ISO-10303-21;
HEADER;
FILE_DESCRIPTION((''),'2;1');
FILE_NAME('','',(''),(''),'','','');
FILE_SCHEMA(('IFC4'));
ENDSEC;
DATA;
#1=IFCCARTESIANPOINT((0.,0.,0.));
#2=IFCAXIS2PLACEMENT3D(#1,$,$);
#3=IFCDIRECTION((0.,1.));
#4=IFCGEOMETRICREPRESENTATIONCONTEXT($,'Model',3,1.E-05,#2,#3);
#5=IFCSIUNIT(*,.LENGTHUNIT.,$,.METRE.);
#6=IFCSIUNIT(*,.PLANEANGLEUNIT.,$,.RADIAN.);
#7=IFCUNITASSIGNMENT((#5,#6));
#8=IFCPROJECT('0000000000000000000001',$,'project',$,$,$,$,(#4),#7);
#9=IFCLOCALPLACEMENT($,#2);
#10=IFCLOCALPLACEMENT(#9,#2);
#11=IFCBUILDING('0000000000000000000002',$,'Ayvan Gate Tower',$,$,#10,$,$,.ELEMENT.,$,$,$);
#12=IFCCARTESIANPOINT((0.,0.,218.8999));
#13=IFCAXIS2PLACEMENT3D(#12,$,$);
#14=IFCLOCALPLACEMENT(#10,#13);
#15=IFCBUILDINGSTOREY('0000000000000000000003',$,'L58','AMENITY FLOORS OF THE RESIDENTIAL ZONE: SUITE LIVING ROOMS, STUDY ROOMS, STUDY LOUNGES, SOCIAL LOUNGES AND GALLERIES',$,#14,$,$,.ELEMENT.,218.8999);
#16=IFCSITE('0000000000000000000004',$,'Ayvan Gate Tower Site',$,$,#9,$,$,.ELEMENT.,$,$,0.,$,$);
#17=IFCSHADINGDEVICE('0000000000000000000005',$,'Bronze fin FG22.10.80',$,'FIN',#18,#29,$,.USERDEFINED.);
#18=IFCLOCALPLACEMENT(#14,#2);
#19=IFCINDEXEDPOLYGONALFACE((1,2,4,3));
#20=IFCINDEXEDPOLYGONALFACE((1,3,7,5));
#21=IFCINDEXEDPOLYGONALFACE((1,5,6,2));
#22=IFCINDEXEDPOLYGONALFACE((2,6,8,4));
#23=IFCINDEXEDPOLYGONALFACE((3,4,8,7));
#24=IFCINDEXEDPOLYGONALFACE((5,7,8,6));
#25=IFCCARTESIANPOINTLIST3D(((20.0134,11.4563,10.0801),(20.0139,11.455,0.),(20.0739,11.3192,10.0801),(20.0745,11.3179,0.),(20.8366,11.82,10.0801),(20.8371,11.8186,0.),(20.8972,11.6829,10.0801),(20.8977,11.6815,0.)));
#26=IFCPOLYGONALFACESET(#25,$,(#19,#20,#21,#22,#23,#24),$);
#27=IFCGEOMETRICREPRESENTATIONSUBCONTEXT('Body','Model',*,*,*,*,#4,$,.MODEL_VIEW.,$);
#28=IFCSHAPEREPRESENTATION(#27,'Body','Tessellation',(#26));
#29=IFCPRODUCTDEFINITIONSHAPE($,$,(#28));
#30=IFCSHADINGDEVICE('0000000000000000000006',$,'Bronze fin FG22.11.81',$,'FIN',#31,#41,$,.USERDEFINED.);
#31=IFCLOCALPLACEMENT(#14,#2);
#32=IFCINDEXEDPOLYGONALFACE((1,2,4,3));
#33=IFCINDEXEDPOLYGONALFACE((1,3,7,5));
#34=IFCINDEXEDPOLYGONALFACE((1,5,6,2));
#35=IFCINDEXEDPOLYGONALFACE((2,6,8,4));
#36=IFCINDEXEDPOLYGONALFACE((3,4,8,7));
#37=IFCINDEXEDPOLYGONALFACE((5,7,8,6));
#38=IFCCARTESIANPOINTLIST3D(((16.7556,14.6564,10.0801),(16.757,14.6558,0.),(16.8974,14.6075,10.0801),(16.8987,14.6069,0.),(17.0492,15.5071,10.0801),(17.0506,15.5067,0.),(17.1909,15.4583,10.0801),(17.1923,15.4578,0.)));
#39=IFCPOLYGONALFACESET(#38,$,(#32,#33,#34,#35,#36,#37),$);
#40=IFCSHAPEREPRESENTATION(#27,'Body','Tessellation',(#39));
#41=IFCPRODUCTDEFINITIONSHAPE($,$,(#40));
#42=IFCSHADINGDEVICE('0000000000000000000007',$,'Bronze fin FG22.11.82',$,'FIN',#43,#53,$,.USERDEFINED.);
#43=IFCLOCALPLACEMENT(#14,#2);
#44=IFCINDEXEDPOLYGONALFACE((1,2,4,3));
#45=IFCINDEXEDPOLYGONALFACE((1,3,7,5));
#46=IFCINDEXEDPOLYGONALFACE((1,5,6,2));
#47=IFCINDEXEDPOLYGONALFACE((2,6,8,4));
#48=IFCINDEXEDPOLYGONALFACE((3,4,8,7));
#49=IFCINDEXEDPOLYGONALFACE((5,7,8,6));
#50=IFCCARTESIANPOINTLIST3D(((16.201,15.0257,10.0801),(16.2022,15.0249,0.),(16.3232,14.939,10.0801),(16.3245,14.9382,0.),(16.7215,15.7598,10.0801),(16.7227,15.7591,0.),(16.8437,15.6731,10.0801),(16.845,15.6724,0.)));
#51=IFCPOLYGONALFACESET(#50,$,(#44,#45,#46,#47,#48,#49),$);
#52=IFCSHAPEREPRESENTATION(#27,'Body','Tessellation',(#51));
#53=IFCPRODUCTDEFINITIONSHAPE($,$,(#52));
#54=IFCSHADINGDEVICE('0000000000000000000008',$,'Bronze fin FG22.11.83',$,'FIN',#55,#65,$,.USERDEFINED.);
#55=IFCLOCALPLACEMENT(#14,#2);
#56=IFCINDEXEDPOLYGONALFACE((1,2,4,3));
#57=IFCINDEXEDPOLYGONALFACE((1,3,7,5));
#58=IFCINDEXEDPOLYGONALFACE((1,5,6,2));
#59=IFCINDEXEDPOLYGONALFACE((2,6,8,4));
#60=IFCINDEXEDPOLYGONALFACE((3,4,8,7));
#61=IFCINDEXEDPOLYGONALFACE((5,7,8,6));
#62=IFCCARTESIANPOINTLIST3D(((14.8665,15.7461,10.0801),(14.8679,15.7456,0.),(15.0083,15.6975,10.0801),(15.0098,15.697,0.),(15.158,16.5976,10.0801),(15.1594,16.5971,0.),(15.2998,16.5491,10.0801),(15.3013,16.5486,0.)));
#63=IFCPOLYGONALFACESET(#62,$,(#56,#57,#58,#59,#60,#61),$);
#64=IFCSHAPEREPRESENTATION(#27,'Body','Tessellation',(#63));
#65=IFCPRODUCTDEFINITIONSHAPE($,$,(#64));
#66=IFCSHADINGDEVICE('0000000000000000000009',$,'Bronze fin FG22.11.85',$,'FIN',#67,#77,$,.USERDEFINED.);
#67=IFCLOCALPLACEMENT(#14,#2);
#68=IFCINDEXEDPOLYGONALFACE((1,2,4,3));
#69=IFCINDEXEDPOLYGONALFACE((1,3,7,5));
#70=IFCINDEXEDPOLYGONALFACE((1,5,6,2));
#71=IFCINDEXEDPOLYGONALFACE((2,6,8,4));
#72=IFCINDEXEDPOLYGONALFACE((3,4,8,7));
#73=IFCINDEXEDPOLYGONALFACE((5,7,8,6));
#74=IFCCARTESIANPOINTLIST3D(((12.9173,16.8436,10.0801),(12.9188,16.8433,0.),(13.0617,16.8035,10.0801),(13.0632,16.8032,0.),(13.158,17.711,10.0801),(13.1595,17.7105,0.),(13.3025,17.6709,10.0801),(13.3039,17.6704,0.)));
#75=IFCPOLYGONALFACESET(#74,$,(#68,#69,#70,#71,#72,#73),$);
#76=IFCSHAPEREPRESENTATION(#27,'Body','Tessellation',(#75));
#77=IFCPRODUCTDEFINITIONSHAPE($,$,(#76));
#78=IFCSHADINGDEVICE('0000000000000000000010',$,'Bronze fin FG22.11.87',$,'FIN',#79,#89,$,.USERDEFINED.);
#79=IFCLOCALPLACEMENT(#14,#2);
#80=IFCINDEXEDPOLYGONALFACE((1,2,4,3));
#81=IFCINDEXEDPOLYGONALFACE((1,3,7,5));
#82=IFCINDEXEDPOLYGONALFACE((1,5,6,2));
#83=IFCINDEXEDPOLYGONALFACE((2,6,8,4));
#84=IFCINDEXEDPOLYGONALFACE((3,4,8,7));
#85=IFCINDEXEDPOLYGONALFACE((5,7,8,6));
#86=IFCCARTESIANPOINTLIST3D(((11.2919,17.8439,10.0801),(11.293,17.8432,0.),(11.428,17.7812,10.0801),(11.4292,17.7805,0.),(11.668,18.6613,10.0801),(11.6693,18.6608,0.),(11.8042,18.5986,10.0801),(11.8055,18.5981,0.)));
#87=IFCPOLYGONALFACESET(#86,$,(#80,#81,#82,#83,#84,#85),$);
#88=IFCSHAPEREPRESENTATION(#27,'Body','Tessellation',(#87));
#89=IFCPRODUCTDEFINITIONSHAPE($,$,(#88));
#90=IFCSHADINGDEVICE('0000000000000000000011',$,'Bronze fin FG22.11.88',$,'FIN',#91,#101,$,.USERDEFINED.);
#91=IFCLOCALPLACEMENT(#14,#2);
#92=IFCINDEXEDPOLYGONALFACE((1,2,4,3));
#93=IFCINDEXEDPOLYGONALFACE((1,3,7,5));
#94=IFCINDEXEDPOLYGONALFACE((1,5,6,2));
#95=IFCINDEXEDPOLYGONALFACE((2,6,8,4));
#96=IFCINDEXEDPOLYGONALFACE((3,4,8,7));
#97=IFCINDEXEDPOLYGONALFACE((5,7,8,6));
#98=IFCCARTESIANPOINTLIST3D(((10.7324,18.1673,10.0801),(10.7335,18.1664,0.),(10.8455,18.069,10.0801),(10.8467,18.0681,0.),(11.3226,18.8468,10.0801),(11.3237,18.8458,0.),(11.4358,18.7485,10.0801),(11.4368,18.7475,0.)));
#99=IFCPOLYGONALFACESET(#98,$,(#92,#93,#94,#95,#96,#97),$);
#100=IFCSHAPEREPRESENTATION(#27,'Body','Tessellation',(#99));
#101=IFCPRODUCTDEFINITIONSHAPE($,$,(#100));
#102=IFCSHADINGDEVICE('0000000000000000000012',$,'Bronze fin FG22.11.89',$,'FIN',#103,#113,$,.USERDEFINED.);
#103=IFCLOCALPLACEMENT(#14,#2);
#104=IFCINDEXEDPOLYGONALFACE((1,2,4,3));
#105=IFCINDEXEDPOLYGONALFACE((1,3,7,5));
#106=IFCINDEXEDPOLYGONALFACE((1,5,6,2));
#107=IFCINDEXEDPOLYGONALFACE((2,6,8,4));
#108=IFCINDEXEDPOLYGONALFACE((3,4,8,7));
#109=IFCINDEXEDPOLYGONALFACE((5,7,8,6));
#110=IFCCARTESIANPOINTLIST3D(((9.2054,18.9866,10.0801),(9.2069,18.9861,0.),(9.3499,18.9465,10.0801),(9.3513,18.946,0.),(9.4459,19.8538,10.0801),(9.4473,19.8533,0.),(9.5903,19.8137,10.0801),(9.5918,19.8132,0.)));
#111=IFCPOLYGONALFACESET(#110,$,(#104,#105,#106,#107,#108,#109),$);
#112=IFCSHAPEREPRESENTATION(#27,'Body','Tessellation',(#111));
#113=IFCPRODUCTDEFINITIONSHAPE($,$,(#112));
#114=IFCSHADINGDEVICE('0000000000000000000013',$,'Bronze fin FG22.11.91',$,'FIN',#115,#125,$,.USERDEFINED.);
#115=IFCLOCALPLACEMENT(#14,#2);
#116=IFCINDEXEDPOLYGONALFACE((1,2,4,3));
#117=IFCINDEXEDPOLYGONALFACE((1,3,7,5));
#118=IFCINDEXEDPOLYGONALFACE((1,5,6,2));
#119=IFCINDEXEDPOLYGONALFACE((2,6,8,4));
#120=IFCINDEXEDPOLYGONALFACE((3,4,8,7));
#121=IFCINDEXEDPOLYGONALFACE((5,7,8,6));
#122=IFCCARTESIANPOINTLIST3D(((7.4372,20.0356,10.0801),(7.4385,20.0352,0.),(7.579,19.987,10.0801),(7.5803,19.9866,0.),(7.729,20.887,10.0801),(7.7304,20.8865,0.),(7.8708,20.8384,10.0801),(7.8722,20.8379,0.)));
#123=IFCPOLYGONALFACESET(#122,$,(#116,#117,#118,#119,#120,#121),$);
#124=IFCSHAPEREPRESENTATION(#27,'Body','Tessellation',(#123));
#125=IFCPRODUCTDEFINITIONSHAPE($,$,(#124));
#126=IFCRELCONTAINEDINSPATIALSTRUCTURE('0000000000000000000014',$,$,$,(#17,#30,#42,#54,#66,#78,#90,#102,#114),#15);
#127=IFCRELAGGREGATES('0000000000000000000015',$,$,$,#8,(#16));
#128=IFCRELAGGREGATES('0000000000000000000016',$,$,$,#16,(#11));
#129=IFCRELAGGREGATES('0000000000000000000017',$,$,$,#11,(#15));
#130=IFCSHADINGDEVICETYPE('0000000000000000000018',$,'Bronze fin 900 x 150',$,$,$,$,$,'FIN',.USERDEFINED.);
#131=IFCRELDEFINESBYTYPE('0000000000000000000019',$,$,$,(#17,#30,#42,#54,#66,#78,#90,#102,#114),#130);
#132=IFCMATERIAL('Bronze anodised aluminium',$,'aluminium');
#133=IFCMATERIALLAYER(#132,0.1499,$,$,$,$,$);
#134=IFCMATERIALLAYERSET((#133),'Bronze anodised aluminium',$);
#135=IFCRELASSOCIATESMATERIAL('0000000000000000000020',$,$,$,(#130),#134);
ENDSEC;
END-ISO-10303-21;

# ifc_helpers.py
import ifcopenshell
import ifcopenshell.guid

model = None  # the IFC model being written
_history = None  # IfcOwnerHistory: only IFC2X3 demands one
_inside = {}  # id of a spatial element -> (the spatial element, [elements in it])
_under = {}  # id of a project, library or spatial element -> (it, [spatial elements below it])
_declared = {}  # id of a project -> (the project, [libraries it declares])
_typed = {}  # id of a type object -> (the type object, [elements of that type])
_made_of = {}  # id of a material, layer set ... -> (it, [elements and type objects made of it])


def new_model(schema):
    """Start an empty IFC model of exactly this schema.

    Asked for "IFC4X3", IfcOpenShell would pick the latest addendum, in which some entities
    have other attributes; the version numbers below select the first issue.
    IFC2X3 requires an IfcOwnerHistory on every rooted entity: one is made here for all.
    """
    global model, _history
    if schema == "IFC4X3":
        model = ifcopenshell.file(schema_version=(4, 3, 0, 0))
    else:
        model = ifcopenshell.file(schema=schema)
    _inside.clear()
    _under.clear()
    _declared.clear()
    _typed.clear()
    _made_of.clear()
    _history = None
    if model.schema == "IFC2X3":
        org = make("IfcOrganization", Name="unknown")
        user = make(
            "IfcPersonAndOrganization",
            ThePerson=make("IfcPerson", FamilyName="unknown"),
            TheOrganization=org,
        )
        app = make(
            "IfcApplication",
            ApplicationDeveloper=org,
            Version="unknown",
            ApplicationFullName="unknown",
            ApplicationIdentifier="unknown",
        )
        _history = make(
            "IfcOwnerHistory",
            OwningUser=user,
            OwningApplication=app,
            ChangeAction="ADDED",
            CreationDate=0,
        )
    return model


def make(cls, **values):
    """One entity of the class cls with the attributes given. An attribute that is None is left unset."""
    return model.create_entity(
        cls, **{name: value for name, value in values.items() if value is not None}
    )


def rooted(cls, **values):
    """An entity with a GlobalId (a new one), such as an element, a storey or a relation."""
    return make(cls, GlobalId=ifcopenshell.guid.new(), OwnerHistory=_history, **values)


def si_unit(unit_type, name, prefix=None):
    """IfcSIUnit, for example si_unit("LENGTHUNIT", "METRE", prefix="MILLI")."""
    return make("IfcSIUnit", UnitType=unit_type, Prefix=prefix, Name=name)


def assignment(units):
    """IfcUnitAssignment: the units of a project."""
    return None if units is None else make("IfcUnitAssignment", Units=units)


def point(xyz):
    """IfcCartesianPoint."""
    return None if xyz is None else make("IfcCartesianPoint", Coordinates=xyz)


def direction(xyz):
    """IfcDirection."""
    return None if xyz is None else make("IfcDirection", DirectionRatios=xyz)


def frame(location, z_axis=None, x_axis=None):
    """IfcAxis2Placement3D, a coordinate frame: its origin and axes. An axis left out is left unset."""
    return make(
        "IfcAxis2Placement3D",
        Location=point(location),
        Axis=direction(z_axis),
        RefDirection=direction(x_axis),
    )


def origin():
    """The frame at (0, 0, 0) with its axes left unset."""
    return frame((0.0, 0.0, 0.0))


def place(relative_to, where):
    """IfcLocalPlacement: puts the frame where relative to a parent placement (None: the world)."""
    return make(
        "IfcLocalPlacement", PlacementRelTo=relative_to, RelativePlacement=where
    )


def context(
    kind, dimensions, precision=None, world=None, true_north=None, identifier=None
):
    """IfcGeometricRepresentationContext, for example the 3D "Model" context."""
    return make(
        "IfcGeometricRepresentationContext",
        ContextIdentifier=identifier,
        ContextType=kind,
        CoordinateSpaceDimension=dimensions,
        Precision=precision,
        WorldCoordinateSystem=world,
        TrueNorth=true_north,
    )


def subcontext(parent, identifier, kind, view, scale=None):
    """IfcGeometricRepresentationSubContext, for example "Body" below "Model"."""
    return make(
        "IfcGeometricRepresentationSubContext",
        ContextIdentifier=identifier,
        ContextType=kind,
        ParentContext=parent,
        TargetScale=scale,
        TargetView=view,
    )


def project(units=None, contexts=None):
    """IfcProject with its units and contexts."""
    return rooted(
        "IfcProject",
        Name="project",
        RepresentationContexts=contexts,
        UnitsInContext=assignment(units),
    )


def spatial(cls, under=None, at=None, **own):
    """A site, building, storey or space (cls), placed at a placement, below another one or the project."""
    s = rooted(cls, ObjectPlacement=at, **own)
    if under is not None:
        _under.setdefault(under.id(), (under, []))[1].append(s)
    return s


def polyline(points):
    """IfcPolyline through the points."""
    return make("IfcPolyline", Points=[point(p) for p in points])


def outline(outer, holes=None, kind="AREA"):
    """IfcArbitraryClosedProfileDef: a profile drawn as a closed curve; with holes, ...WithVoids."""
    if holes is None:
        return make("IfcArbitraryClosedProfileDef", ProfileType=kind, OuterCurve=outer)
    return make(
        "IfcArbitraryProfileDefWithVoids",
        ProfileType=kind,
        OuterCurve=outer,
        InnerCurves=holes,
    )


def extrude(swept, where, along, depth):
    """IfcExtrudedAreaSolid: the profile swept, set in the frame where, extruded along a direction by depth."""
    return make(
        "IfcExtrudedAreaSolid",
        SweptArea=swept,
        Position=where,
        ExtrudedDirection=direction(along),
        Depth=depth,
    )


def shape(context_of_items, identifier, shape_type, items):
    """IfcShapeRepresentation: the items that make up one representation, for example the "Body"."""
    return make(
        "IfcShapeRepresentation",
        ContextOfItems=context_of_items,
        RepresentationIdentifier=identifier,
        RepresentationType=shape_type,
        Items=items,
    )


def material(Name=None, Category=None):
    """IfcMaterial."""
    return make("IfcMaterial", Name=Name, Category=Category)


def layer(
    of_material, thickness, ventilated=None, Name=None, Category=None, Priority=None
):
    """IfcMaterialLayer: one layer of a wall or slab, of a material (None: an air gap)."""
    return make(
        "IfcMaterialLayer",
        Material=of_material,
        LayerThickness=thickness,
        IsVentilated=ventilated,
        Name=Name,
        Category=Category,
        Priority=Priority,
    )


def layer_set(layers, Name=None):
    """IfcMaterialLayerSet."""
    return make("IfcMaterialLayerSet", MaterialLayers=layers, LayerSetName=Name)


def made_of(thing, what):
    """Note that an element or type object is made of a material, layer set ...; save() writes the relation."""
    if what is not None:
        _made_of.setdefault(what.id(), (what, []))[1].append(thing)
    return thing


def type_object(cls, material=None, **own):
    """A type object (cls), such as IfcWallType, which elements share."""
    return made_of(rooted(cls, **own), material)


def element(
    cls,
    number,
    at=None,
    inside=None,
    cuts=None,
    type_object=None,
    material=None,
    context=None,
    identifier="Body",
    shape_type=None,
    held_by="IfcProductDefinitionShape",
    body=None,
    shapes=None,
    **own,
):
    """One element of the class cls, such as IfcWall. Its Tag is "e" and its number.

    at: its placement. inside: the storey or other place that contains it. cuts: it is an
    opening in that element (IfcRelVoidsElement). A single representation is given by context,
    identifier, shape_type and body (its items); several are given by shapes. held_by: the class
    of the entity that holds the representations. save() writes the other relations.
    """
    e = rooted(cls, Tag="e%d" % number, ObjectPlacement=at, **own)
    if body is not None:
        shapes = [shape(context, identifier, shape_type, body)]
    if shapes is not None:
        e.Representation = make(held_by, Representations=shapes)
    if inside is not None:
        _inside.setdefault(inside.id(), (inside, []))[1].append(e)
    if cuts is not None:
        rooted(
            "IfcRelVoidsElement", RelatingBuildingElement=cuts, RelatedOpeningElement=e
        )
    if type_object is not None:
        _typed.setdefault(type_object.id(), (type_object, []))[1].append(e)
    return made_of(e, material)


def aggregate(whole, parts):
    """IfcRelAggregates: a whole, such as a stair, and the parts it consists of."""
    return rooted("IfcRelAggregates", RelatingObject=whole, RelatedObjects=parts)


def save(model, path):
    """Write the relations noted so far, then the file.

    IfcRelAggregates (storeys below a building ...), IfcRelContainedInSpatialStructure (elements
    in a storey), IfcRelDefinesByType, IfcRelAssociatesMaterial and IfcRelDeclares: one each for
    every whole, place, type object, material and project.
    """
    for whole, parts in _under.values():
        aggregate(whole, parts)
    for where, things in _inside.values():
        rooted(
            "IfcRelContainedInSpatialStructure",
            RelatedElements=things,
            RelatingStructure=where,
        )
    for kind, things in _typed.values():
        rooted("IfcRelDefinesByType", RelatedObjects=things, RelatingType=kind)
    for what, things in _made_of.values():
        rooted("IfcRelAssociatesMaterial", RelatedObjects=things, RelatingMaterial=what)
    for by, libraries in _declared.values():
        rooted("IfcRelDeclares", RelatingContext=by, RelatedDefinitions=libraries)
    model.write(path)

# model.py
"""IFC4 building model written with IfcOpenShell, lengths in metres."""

from ifc_helpers import new_model, si_unit, direction, frame, origin, place, context, subcontext, project, spatial, polyline, outline, extrude, material, layer, layer_set, type_object, element, save


model = new_model("IFC4")

# Units and contexts
model_context = context("Model", 3, precision=1e-05, world=origin(), true_north=direction((0.0, 1.0)))
body_context = subcontext(model_context, "Body", "Model", "MODEL_VIEW")
ifc_project = project(units=[si_unit("LENGTHUNIT", "METRE"), si_unit("PLANEANGLEUNIT", "RADIAN")], contexts=[model_context])

# Site, building, storey
site_placement = place(None, origin())
site = spatial("IfcSite", under=ifc_project, at=site_placement, Name="Ayvan Gate Tower Site", CompositionType="ELEMENT", RefElevation=0.0)
building_placement = place(site_placement, origin())
building = spatial("IfcBuilding", under=site, at=building_placement, Name="Ayvan Gate Tower", CompositionType="ELEMENT")
storey_placement = place(building_placement, frame((0.0, 0.0, 218.8999)))
storey = spatial("IfcBuildingStorey", under=building, at=storey_placement, Name="L58", Description="AMENITY FLOORS OF THE RESIDENTIAL ZONE: SUITE LIVING ROOMS, STUDY ROOMS, STUDY LOUNGES, SOCIAL LOUNGES AND GALLERIES", CompositionType="ELEMENT", Elevation=218.8999)

# Shared definitions
ifc_material_1 = material(Name="Bronze anodised aluminium", Category="aluminium")

# Shading devices
ifc_layer_1 = layer(ifc_material_1, 0.1499)
ifc_layer_set_1 = layer_set([ifc_layer_1], Name="Bronze anodised aluminium")
shading_device_type = type_object("IfcShadingDeviceType", Name="Bronze fin 900 x 150", ElementType="FIN", PredefinedType="USERDEFINED", material=ifc_layer_set_1)
shading_device_1_placement = place(storey_placement, frame((20.0745, 11.3179, 0.0), z_axis=(0.404061, -0.914732, 0.000141), x_axis=(0.914732, 0.404061, 0.0)))
element("IfcShadingDevice", 1, at=shading_device_1_placement, inside=storey, type_object=shading_device_type, Name="Bronze fin FG22.10.80", ObjectType="FIN", PredefinedType="USERDEFINED", context=body_context, shape_type="SweptSolid", body=[
    extrude(outline(polyline([(0.0, 0.0), (0.8999, 0.0), (0.9001, 10.0801), (0.0, 10.0801), (0.0, 0.0)])), origin(), (0.0, 0.0, -1.0), 0.1499),
])
shading_device_2_placement = place(storey_placement, frame((16.8987, 14.6069, 0.0), z_axis=(0.945308, -0.326179, 0.000142), x_axis=(0.326179, 0.945308, 0.0)))
element("IfcShadingDevice", 2, at=shading_device_2_placement, inside=storey, type_object=shading_device_type, Name="Bronze fin FG22.11.81", ObjectType="FIN", PredefinedType="USERDEFINED", context=body_context, shape_type="SweptSolid", body=[
    extrude(outline(polyline([(0.0, 0.0), (0.9001, 0.0), (0.9001, 10.0801), (0.0001, 10.0801), (0.0, 0.0)])), origin(), (0.0, 0.0, -1.0), 0.1499),
])
shading_device_3_placement = place(storey_placement, frame((16.3245, 14.9382, 0.0), z_axis=(0.815763, -0.578386, 0.000141), x_axis=(0.578386, 0.815763, 0.0)))
element("IfcShadingDevice", 3, at=shading_device_3_placement, inside=storey, type_object=shading_device_type, Name="Bronze fin FG22.11.82", ObjectType="FIN", PredefinedType="USERDEFINED", context=body_context, shape_type="SweptSolid", body=[
    extrude(outline(polyline([(0.0, 0.0), (0.8999, 0.0), (0.8998, 10.0801), (-0.0001, 10.0801), (0.0, 0.0)])), origin(), (0.0, 0.0, -1.0), 0.1499),
])
shading_device_4_placement = place(storey_placement, frame((15.0098, 15.697, 0.0), z_axis=(0.946103, -0.323867, 0.000153), x_axis=(0.323867, 0.946103, 0.0)))
element("IfcShadingDevice", 4, at=shading_device_4_placement, inside=storey, type_object=shading_device_type, Name="Bronze fin FG22.11.83", ObjectType="FIN", PredefinedType="USERDEFINED", context=body_context, shape_type="SweptSolid", body=[
    extrude(outline(polyline([(0.0, 0.0), (0.9001, 0.0), (0.9001, 10.0801), (0.0, 10.0801), (0.0, 0.0)])), origin(), (0.0, 0.0, -1.0), 0.1499),
])
shading_device_5_placement = place(storey_placement, frame((13.0632, 16.8032, 0.0), z_axis=(0.963574, -0.267441, 0.00015), x_axis=(0.267441, 0.963574, 0.0)))
element("IfcShadingDevice", 5, at=shading_device_5_placement, inside=storey, type_object=shading_device_type, Name="Bronze fin FG22.11.85", ObjectType="FIN", PredefinedType="USERDEFINED", context=body_context, shape_type="SweptSolid", body=[
    extrude(outline(polyline([(0.0, 0.0), (0.9, 0.0), (0.9001, 10.0801), (-0.0002, 10.0801), (0.0, 0.0)])), origin(), (0.0, 0.0, -1.0), 0.1499),
])
shading_device_6_placement = place(storey_placement, frame((11.4292, 17.7805, 0.0), z_axis=(0.908419, -0.41806, 0.000135), x_axis=(0.41806, 0.908419, 0.0)))
element("IfcShadingDevice", 6, at=shading_device_6_placement, inside=storey, type_object=shading_device_type, Name="Bronze fin FG22.11.87", ObjectType="FIN", PredefinedType="USERDEFINED", context=body_context, shape_type="SweptSolid", body=[
    extrude(outline(polyline([(0.0, 0.0), (0.9, 0.0), (0.9, 10.0801), (0.0002, 10.0801), (0.0, 0.0)])), origin(), (0.0, 0.0, -1.0), 0.1499),
])
shading_device_7_placement = place(storey_placement, frame((10.8467, 18.0681, 0.0), z_axis=(0.754941, -0.655792, 0.000146), x_axis=(0.655792, 0.754941, 0.0)))
element("IfcShadingDevice", 7, at=shading_device_7_placement, inside=storey, type_object=shading_device_type, Name="Bronze fin FG22.11.88", ObjectType="FIN", PredefinedType="USERDEFINED", context=body_context, shape_type="SweptSolid", body=[
    extrude(outline(polyline([(0.0, 0.0), (0.8999, 0.0), (0.9, 10.0801), (-0.0001, 10.0801), (0.0, 0.0)])), origin(), (0.0, 0.0, -1.0), 0.1499),
])
shading_device_8_placement = place(storey_placement, frame((9.3513, 18.946, 0.0), z_axis=(0.963634, -0.267224, 0.000153), x_axis=(0.267224, 0.963634, 0.0)))
element("IfcShadingDevice", 8, at=shading_device_8_placement, inside=storey, type_object=shading_device_type, Name="Bronze fin FG22.11.89", ObjectType="FIN", PredefinedType="USERDEFINED", context=body_context, shape_type="SweptSolid", body=[
    extrude(outline(polyline([(0.0, 0.0), (0.8999, 0.0), (0.9, 10.0801), (0.0001, 10.0801), (0.0, 0.0)])), origin(), (0.0, 0.0, -1.0), 0.1499),
])
shading_device_9_placement = place(storey_placement, frame((7.5803, 19.9866, 0.0), z_axis=(0.94595, -0.324314, 0.000142), x_axis=(0.324314, 0.94595, 0.0)))
element("IfcShadingDevice", 9, at=shading_device_9_placement, inside=storey, type_object=shading_device_type, Name="Bronze fin FG22.11.91", ObjectType="FIN", PredefinedType="USERDEFINED", context=body_context, shape_type="SweptSolid", body=[
    extrude(outline(polyline([(0.0, 0.0), (0.8999, 0.0), (0.9, 10.0801), (0.0, 10.0801), (0.0, 0.0)])), origin(), (0.0, 0.0, -1.0), 0.1499),
])

save(model, "model.ifc")
